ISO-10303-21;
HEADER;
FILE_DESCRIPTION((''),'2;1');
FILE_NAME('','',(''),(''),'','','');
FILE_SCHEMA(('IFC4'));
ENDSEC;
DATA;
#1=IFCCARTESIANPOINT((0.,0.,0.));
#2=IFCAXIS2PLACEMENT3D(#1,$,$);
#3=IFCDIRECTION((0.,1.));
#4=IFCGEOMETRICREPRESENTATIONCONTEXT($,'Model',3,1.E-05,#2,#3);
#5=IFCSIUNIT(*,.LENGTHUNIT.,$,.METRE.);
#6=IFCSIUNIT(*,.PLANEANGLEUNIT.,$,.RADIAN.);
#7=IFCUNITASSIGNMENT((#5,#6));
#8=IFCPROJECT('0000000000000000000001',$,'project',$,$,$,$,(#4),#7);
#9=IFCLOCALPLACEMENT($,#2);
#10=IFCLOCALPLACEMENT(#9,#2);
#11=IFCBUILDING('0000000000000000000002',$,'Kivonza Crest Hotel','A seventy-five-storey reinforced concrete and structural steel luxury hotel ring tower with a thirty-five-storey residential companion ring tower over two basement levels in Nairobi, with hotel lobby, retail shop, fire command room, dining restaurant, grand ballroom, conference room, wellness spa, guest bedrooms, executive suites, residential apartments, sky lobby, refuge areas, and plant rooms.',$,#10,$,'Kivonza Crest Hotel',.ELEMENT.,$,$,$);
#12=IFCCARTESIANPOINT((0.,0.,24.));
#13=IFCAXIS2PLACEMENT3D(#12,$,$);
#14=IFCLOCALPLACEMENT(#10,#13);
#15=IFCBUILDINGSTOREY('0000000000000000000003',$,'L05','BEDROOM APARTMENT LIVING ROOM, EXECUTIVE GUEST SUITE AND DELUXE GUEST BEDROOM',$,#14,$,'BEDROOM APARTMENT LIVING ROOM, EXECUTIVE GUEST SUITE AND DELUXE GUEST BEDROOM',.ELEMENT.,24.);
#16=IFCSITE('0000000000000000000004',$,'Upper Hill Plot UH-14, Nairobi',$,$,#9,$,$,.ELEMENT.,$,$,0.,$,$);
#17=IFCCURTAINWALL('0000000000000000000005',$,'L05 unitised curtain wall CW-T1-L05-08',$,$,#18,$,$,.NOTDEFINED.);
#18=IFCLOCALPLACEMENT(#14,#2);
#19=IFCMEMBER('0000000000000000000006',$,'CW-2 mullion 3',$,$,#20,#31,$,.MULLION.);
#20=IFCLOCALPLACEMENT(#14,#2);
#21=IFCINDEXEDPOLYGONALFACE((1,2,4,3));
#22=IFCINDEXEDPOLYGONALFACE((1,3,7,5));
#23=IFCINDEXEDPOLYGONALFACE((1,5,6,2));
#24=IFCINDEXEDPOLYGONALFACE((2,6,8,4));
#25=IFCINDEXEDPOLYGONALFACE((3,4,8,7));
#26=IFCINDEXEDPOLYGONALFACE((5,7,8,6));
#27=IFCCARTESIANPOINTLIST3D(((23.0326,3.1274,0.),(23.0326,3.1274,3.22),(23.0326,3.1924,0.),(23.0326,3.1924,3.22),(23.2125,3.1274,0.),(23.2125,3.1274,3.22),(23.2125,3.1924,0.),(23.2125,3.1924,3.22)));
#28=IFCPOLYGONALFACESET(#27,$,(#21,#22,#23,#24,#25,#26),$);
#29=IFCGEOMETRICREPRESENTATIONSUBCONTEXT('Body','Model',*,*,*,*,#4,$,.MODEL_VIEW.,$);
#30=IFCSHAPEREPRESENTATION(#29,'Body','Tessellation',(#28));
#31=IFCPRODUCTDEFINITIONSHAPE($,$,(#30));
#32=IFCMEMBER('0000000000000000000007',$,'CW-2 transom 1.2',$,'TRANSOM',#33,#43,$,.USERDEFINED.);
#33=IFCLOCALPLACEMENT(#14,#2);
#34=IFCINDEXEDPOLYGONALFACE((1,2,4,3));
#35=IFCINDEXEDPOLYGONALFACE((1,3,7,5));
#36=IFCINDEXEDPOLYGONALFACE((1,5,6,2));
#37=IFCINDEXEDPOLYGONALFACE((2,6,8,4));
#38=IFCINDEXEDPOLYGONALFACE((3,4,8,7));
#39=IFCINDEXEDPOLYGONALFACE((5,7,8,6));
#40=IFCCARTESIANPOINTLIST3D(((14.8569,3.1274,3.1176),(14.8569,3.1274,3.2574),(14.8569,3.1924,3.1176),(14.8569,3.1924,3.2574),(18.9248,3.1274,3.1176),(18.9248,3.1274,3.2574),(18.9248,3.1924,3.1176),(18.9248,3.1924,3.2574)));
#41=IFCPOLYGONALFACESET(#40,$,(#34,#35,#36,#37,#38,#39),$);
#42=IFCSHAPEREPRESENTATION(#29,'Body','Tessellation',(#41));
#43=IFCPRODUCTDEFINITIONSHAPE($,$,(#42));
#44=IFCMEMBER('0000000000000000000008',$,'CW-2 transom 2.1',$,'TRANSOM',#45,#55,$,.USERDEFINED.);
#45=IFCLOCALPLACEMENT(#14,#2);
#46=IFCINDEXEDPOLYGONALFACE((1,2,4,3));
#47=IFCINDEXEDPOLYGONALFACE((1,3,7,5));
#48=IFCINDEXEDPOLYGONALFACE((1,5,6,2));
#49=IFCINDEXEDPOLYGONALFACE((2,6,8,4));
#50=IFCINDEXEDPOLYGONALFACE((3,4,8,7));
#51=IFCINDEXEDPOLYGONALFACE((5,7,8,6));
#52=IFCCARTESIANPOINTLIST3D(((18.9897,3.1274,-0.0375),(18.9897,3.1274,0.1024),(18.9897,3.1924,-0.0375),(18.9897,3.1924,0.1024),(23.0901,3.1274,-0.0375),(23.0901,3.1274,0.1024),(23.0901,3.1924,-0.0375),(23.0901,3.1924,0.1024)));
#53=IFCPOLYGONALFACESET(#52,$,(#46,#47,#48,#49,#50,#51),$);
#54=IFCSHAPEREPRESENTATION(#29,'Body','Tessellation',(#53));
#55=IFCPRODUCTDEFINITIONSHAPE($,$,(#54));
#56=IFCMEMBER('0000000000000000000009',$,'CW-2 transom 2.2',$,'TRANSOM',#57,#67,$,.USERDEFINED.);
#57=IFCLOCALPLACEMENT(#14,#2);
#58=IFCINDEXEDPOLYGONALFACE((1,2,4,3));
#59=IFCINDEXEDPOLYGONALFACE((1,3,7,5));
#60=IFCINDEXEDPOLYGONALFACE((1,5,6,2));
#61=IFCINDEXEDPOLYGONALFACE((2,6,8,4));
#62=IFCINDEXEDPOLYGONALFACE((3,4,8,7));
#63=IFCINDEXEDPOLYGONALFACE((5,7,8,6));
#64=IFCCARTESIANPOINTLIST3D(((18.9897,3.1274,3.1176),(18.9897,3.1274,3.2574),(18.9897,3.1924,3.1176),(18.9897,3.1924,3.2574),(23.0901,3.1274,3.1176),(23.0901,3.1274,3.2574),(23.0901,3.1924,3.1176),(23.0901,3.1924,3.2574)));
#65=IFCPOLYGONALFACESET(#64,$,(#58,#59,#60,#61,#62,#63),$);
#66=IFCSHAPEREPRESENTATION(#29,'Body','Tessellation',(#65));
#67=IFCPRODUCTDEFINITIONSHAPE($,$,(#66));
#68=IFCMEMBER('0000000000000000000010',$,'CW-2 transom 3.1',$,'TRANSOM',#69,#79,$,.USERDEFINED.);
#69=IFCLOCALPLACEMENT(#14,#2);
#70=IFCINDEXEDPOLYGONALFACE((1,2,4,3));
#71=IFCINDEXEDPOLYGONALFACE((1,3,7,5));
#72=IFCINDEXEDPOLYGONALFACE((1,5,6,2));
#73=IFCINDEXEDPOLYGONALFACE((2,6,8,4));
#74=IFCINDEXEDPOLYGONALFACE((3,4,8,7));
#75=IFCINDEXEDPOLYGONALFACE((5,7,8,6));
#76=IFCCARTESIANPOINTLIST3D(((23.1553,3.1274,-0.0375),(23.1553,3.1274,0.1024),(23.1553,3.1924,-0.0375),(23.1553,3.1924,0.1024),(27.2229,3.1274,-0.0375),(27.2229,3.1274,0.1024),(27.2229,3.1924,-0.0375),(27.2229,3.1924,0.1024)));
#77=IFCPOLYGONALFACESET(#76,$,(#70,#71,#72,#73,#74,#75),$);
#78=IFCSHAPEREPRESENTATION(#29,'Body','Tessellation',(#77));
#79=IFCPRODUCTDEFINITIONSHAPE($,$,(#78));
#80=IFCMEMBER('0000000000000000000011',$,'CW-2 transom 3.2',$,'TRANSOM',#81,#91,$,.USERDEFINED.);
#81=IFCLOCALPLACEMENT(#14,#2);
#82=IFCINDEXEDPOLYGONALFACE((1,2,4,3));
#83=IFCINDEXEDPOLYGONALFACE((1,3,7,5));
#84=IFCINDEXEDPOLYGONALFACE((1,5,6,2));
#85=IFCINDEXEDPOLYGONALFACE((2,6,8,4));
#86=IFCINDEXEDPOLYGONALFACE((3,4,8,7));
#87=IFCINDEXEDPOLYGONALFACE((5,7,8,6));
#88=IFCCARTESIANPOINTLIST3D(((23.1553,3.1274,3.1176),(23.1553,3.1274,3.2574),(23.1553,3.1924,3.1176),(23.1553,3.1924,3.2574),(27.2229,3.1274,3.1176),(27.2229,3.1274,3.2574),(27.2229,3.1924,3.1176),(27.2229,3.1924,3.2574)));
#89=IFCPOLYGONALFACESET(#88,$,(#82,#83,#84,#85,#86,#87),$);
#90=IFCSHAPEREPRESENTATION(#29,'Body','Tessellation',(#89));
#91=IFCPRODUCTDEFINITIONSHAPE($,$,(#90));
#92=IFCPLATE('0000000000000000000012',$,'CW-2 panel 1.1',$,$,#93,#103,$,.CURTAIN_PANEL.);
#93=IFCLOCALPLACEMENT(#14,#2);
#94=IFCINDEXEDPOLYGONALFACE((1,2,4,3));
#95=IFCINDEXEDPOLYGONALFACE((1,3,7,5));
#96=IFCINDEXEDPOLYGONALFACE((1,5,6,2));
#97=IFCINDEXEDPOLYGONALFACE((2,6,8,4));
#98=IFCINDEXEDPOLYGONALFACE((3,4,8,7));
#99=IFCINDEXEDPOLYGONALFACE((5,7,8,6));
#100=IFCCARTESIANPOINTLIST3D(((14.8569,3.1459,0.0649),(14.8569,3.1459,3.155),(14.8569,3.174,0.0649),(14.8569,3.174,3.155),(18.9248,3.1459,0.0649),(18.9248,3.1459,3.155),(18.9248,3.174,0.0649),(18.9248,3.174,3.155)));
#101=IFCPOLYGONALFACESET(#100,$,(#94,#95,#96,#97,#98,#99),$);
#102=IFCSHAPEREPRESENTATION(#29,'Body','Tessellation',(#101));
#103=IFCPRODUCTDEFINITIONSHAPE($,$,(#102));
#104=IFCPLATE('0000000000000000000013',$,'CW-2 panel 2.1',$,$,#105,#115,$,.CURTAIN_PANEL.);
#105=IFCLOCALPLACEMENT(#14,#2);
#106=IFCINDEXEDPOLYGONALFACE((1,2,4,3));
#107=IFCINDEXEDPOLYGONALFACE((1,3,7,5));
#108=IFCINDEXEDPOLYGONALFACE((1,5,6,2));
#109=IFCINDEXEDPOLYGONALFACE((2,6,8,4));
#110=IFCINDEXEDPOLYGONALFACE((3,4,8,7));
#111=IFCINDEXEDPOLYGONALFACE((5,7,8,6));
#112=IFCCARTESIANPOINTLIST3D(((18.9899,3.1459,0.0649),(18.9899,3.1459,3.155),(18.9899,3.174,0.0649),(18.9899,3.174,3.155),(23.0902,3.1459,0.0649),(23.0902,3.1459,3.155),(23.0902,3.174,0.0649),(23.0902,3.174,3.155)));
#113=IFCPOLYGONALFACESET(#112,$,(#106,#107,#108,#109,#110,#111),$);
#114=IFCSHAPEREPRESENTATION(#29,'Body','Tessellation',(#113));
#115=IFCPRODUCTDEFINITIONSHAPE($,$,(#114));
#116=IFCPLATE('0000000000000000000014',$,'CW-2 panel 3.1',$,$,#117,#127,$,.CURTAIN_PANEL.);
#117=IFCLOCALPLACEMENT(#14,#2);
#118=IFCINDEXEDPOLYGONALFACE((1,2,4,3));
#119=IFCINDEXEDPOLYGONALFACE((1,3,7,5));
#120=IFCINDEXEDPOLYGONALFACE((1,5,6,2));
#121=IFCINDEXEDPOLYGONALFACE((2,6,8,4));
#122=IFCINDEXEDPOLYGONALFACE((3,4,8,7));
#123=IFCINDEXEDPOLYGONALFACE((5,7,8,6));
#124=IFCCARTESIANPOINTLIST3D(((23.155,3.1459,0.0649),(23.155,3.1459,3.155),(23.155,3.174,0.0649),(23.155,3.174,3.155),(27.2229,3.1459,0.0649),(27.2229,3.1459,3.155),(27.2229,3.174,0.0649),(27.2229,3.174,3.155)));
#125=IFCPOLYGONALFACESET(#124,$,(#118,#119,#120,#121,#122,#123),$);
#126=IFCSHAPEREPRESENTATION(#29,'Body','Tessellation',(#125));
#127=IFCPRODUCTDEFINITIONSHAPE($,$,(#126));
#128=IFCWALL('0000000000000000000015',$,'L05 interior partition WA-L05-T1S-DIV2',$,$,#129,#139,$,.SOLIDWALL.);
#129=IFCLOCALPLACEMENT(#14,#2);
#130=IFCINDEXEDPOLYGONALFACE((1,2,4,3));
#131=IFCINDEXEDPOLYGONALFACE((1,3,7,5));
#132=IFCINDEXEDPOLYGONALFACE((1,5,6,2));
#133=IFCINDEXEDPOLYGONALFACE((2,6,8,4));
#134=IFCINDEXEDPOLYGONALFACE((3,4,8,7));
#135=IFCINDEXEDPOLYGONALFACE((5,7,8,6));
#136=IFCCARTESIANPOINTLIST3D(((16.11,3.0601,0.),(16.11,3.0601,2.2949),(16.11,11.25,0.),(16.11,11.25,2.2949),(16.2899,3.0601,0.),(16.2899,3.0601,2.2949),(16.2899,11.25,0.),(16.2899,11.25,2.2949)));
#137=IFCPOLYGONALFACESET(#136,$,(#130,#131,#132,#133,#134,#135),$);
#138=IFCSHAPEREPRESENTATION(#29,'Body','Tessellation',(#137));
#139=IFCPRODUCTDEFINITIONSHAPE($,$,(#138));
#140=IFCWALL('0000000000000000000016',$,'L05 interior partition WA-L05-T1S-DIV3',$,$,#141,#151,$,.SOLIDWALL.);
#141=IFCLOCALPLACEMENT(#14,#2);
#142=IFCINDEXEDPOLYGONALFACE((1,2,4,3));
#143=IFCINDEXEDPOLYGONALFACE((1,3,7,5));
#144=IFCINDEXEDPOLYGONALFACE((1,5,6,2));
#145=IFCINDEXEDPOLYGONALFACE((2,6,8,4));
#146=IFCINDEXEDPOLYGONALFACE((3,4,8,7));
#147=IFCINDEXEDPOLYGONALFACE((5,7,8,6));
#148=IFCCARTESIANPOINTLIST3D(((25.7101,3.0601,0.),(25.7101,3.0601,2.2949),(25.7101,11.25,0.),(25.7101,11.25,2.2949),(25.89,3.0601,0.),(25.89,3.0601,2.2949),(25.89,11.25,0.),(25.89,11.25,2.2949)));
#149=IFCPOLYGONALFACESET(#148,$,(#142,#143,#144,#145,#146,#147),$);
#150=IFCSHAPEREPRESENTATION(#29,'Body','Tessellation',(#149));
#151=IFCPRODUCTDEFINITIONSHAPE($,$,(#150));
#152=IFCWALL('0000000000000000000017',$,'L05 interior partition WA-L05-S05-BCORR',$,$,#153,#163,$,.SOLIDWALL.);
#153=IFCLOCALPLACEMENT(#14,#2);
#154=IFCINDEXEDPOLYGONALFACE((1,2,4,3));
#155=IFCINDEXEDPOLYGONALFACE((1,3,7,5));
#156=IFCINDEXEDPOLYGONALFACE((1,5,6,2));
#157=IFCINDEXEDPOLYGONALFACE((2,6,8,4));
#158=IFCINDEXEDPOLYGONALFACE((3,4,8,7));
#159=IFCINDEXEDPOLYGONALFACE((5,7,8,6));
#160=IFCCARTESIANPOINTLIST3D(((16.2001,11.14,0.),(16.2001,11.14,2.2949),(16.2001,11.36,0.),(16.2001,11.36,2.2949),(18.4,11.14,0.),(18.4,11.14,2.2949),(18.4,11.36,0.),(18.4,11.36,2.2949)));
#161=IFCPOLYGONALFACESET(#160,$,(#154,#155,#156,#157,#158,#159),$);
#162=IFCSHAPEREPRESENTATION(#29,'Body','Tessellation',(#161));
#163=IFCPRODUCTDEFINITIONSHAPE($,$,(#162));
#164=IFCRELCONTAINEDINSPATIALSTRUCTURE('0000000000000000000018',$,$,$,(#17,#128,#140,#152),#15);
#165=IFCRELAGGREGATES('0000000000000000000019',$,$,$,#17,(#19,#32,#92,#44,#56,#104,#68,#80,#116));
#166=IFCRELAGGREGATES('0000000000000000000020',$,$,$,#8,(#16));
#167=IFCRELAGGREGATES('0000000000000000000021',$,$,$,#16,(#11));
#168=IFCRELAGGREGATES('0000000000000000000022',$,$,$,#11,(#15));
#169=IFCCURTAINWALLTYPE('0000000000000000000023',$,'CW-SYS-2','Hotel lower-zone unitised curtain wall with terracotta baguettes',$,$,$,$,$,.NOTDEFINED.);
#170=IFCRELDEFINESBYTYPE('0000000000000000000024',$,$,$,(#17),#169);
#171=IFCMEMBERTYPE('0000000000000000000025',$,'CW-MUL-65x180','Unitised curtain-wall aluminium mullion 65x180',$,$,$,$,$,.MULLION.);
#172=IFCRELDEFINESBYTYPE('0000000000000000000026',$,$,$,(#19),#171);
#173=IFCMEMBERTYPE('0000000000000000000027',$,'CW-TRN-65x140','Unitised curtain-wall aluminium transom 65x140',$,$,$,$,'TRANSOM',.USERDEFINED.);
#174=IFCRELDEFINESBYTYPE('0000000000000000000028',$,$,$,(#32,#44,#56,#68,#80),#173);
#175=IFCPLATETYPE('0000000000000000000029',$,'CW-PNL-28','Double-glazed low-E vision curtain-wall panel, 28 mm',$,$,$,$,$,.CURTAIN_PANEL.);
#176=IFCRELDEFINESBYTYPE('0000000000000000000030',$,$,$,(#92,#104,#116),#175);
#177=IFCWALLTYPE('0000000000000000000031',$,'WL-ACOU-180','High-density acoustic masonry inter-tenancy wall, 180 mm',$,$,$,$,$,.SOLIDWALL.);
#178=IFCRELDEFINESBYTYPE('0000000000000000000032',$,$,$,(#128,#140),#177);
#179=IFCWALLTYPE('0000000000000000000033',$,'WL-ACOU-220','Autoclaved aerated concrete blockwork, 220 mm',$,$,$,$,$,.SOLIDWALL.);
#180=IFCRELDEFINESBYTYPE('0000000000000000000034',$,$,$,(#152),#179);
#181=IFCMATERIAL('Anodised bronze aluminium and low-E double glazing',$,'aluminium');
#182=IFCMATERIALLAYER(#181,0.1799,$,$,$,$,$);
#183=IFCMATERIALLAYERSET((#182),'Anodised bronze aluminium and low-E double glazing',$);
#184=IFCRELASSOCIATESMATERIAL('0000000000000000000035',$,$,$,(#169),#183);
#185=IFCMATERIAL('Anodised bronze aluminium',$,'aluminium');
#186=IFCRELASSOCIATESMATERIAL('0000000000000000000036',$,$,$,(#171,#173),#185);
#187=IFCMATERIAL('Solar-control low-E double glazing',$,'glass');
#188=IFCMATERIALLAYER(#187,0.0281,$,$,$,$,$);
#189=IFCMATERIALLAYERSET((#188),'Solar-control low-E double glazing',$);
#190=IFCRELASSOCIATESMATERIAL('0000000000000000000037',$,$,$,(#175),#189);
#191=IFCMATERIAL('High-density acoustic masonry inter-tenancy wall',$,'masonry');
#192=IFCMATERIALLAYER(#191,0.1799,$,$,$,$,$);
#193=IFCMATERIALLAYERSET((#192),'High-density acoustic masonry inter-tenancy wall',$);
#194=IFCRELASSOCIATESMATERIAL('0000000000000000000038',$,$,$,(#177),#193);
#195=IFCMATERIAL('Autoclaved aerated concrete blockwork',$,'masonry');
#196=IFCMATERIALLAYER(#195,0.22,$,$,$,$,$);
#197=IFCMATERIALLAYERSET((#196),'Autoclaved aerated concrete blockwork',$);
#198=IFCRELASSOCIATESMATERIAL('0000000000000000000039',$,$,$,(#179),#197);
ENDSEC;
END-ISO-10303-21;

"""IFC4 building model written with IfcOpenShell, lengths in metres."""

from ifc_helpers import new_model, si_unit, direction, frame, frame_2d, origin, origin_2d, place, context, subcontext, project, spatial, rectangle, extrude, material, layer, layer_set, material_profile, profile_set, type_object, element, aggregate, save


model = new_model("IFC4")

# Units and contexts
model_context = context("Model", 3, precision=1e-05, world=origin(), true_north=direction((0.0, 1.0)))
body_context = subcontext(model_context, "Body", "Model", "MODEL_VIEW")
ifc_project = project(units=[si_unit("LENGTHUNIT", "METRE"), si_unit("PLANEANGLEUNIT", "RADIAN")], contexts=[model_context])

# Site, building, storey
site_placement = place(None, origin())
site = spatial("IfcSite", under=ifc_project, at=site_placement, Name="Upper Hill Plot UH-14, Nairobi", CompositionType="ELEMENT", RefElevation=0.0)
building_placement = place(site_placement, origin())
building = spatial("IfcBuilding", under=site, at=building_placement, Name="Kivonza Crest Hotel", Description="A seventy-five-storey reinforced concrete and structural steel luxury hotel ring tower with a thirty-five-storey residential companion ring tower over two basement levels in Nairobi, with hotel lobby, retail shop, fire command room, dining restaurant, grand ballroom, conference room, wellness spa, guest bedrooms, executive suites, residential apartments, sky lobby, refuge areas, and plant rooms.", LongName="Kivonza Crest Hotel", CompositionType="ELEMENT")
storey_placement = place(building_placement, frame((0.0, 0.0, 24.0)))
storey = spatial("IfcBuildingStorey", under=building, at=storey_placement, Name="L05", Description="BEDROOM APARTMENT LIVING ROOM, EXECUTIVE GUEST SUITE AND DELUXE GUEST BEDROOM", LongName="BEDROOM APARTMENT LIVING ROOM, EXECUTIVE GUEST SUITE AND DELUXE GUEST BEDROOM", CompositionType="ELEMENT", Elevation=24.0)

# Curtain wall, members, plates
ifc_material_1 = material(Name="Anodised bronze aluminium and low-E double glazing", Category="aluminium")
ifc_layer_1 = layer(ifc_material_1, 0.1799)
ifc_layer_set_1 = layer_set([ifc_layer_1], Name="Anodised bronze aluminium and low-E double glazing")
curtain_wall_type = type_object("IfcCurtainWallType", Name="CW-SYS-2", Description="Hotel lower-zone unitised curtain wall with terracotta baguettes", PredefinedType="NOTDEFINED", material=ifc_layer_set_1)
curtain_wall_placement = place(storey_placement, origin())
curtain_wall = element("IfcCurtainWall", 1, at=curtain_wall_placement, inside=storey, type_object=curtain_wall_type, Name="L05 unitised curtain wall CW-T1-L05-08", PredefinedType="NOTDEFINED")
ifc_material_2 = material(Name="Anodised bronze aluminium", Category="aluminium")
ifc_material_profile_1 = material_profile(ifc_material_2, rectangle(XDim=0.0649, YDim=0.1799, at=origin_2d()), Name="CW-M 65x180")
ifc_profile_set_1 = profile_set([ifc_material_profile_1], Name="Anodised bronze aluminium")
member_type_1 = type_object("IfcMemberType", Name="CW-MUL-65x180", Description="Unitised curtain-wall aluminium mullion 65x180", PredefinedType="MULLION", material=ifc_profile_set_1)
member_1_placement = place(storey_placement, frame((23.1226, 3.1599, 0.0), z_axis=(0.0, 0.0, 1.0), x_axis=(0.0, 1.0, 0.0)))
member_1 = element("IfcMember", 2, at=member_1_placement, type_object=member_type_1, Name="CW-2 mullion 3", PredefinedType="MULLION", context=body_context, shape_type="SweptSolid", body=[
    extrude(rectangle(XDim=0.0649, YDim=0.1799, at=origin_2d()), origin(), (0.0, 0.0, 1.0), 3.22),
])
ifc_material_profile_2 = material_profile(ifc_material_2, rectangle(XDim=0.0649, YDim=0.1399, at=origin_2d()), Name="CW-T 65x140")
ifc_profile_set_2 = profile_set([ifc_material_profile_2], Name="Anodised bronze aluminium")
member_type_2 = type_object("IfcMemberType", Name="CW-TRN-65x140", Description="Unitised curtain-wall aluminium transom 65x140", ElementType="TRANSOM", PredefinedType="USERDEFINED", material=ifc_profile_set_2)
member_2_placement = place(storey_placement, frame((14.8569, 3.1599, 3.1875), z_axis=(1.0, 0.0, 0.0), x_axis=(0.0, 1.0, 0.0)))
member_2 = element("IfcMember", 3, at=member_2_placement, type_object=member_type_2, Name="CW-2 transom 1.2", ObjectType="TRANSOM", PredefinedType="USERDEFINED", context=body_context, shape_type="SweptSolid", body=[
    extrude(rectangle(XDim=0.0649, YDim=0.1399, at=origin_2d()), origin(), (0.0, 0.0, 1.0), 4.0679),
])
member_3_placement = place(storey_placement, frame((18.9897, 3.1599, 0.0325), z_axis=(1.0, 0.0, 0.0), x_axis=(0.0, 1.0, 0.0)))
member_3 = element("IfcMember", 4, at=member_3_placement, type_object=member_type_2, Name="CW-2 transom 2.1", ObjectType="TRANSOM", PredefinedType="USERDEFINED", context=body_context, shape_type="SweptSolid", body=[
    extrude(rectangle(XDim=0.0649, YDim=0.1399, at=origin_2d()), origin(), (0.0, 0.0, 1.0), 4.1003),
])
member_4_placement = place(storey_placement, frame((18.9897, 3.1599, 3.1875), z_axis=(1.0, 0.0, 0.0), x_axis=(0.0, 1.0, 0.0)))
member_4 = element("IfcMember", 5, at=member_4_placement, type_object=member_type_2, Name="CW-2 transom 2.2", ObjectType="TRANSOM", PredefinedType="USERDEFINED", context=body_context, shape_type="SweptSolid", body=[
    extrude(rectangle(XDim=0.0649, YDim=0.1399, at=origin_2d()), origin(), (0.0, 0.0, 1.0), 4.1003),
])
member_5_placement = place(storey_placement, frame((23.1553, 3.1599, 0.0325), z_axis=(1.0, 0.0, 0.0), x_axis=(0.0, 1.0, 0.0)))
member_5 = element("IfcMember", 6, at=member_5_placement, type_object=member_type_2, Name="CW-2 transom 3.1", ObjectType="TRANSOM", PredefinedType="USERDEFINED", context=body_context, shape_type="SweptSolid", body=[
    extrude(rectangle(XDim=0.0649, YDim=0.1399, at=origin_2d()), origin(), (0.0, 0.0, 1.0), 4.0676),
])
member_6_placement = place(storey_placement, frame((23.1553, 3.1599, 3.1875), z_axis=(1.0, 0.0, 0.0), x_axis=(0.0, 1.0, 0.0)))
member_6 = element("IfcMember", 7, at=member_6_placement, type_object=member_type_2, Name="CW-2 transom 3.2", ObjectType="TRANSOM", PredefinedType="USERDEFINED", context=body_context, shape_type="SweptSolid", body=[
    extrude(rectangle(XDim=0.0649, YDim=0.1399, at=origin_2d()), origin(), (0.0, 0.0, 1.0), 4.0676),
])
ifc_material_3 = material(Name="Solar-control low-E double glazing", Category="glass")
ifc_layer_2 = layer(ifc_material_3, 0.0281)
ifc_layer_set_2 = layer_set([ifc_layer_2], Name="Solar-control low-E double glazing")
plate_type = type_object("IfcPlateType", Name="CW-PNL-28", Description="Double-glazed low-E vision curtain-wall panel, 28 mm", PredefinedType="CURTAIN_PANEL", material=ifc_layer_set_2)
plate_1_placement = place(storey_placement, frame((16.8909, 3.1599, 0.0649), z_axis=(0.0, 0.0, 1.0), x_axis=(1.0, 0.0, 0.0)))
plate_1 = element("IfcPlate", 8, at=plate_1_placement, type_object=plate_type, Name="CW-2 panel 1.1", PredefinedType="CURTAIN_PANEL", context=body_context, shape_type="SweptSolid", body=[
    extrude(rectangle(XDim=4.0679, YDim=0.0281, at=origin_2d()), origin(), (0.0, 0.0, 1.0), 3.0901),
])
plate_2_placement = place(storey_placement, frame((21.04, 3.1599, 0.0649), z_axis=(0.0, 0.0, 1.0), x_axis=(1.0, 0.0, 0.0)))
plate_2 = element("IfcPlate", 9, at=plate_2_placement, type_object=plate_type, Name="CW-2 panel 2.1", PredefinedType="CURTAIN_PANEL", context=body_context, shape_type="SweptSolid", body=[
    extrude(rectangle(XDim=4.1003, YDim=0.0281, at=origin_2d()), origin(), (0.0, 0.0, 1.0), 3.0901),
])
plate_3_placement = place(storey_placement, frame((25.189, 3.1599, 0.0649), z_axis=(0.0, 0.0, 1.0), x_axis=(1.0, 0.0, 0.0)))
plate_3 = element("IfcPlate", 10, at=plate_3_placement, type_object=plate_type, Name="CW-2 panel 3.1", PredefinedType="CURTAIN_PANEL", context=body_context, shape_type="SweptSolid", body=[
    extrude(rectangle(XDim=4.0679, YDim=0.0281, at=origin_2d()), origin(), (0.0, 0.0, 1.0), 3.0901),
])
aggregate(curtain_wall, [member_1, member_2, plate_1, member_3, member_4, plate_2, member_5, member_6, plate_3])

# Walls
ifc_material_4 = material(Name="High-density acoustic masonry inter-tenancy wall", Category="masonry")
ifc_layer_3 = layer(ifc_material_4, 0.1799)
ifc_layer_set_3 = layer_set([ifc_layer_3], Name="High-density acoustic masonry inter-tenancy wall")
wall_type_1 = type_object("IfcWallType", Name="WL-ACOU-180", Description="High-density acoustic masonry inter-tenancy wall, 180 mm", PredefinedType="SOLIDWALL", material=ifc_layer_set_3)
for number, where, z_axis, x_axis, name in (
    (11, (16.2, 3.0601, 0.0), (0.0, 0.0, 1.0), (0.0, 1.0, 0.0), "L05 interior partition WA-L05-T1S-DIV2"),
    (12, (25.8, 3.0601, 0.0), (0.0, 0.0, 1.0), (0.0, 1.0, 0.0), "L05 interior partition WA-L05-T1S-DIV3"),
):
    element("IfcWall", number, at=place(storey_placement, frame(where, z_axis=z_axis, x_axis=x_axis)), inside=storey, type_object=wall_type_1, Name=name, PredefinedType="SOLIDWALL", context=body_context, shape_type="SweptSolid", body=[
        extrude(rectangle(XDim=8.1899, YDim=0.1799, at=frame_2d((4.095, 0.0))), origin(), (0.0, 0.0, 1.0), 2.2949),
    ])
ifc_material_5 = material(Name="Autoclaved aerated concrete blockwork", Category="masonry")
ifc_layer_4 = layer(ifc_material_5, 0.22)
ifc_layer_set_4 = layer_set([ifc_layer_4], Name="Autoclaved aerated concrete blockwork")
wall_type_2 = type_object("IfcWallType", Name="WL-ACOU-220", Description="Autoclaved aerated concrete blockwork, 220 mm", PredefinedType="SOLIDWALL", material=ifc_layer_set_4)
wall_1_placement = place(storey_placement, frame((16.2, 11.25, 0.0), z_axis=(0.0, 0.0, 1.0), x_axis=(1.0, 0.0, 0.0)))
element("IfcWall", 13, at=wall_1_placement, inside=storey, type_object=wall_type_2, Name="L05 interior partition WA-L05-S05-BCORR", PredefinedType="SOLIDWALL", context=body_context, shape_type="SweptSolid", body=[
    extrude(rectangle(XDim=2.2, YDim=0.22, at=frame_2d((1.1001, 0.0))), origin(), (0.0, 0.0, 1.0), 2.2949),
])

save(model, "model.ifc")
